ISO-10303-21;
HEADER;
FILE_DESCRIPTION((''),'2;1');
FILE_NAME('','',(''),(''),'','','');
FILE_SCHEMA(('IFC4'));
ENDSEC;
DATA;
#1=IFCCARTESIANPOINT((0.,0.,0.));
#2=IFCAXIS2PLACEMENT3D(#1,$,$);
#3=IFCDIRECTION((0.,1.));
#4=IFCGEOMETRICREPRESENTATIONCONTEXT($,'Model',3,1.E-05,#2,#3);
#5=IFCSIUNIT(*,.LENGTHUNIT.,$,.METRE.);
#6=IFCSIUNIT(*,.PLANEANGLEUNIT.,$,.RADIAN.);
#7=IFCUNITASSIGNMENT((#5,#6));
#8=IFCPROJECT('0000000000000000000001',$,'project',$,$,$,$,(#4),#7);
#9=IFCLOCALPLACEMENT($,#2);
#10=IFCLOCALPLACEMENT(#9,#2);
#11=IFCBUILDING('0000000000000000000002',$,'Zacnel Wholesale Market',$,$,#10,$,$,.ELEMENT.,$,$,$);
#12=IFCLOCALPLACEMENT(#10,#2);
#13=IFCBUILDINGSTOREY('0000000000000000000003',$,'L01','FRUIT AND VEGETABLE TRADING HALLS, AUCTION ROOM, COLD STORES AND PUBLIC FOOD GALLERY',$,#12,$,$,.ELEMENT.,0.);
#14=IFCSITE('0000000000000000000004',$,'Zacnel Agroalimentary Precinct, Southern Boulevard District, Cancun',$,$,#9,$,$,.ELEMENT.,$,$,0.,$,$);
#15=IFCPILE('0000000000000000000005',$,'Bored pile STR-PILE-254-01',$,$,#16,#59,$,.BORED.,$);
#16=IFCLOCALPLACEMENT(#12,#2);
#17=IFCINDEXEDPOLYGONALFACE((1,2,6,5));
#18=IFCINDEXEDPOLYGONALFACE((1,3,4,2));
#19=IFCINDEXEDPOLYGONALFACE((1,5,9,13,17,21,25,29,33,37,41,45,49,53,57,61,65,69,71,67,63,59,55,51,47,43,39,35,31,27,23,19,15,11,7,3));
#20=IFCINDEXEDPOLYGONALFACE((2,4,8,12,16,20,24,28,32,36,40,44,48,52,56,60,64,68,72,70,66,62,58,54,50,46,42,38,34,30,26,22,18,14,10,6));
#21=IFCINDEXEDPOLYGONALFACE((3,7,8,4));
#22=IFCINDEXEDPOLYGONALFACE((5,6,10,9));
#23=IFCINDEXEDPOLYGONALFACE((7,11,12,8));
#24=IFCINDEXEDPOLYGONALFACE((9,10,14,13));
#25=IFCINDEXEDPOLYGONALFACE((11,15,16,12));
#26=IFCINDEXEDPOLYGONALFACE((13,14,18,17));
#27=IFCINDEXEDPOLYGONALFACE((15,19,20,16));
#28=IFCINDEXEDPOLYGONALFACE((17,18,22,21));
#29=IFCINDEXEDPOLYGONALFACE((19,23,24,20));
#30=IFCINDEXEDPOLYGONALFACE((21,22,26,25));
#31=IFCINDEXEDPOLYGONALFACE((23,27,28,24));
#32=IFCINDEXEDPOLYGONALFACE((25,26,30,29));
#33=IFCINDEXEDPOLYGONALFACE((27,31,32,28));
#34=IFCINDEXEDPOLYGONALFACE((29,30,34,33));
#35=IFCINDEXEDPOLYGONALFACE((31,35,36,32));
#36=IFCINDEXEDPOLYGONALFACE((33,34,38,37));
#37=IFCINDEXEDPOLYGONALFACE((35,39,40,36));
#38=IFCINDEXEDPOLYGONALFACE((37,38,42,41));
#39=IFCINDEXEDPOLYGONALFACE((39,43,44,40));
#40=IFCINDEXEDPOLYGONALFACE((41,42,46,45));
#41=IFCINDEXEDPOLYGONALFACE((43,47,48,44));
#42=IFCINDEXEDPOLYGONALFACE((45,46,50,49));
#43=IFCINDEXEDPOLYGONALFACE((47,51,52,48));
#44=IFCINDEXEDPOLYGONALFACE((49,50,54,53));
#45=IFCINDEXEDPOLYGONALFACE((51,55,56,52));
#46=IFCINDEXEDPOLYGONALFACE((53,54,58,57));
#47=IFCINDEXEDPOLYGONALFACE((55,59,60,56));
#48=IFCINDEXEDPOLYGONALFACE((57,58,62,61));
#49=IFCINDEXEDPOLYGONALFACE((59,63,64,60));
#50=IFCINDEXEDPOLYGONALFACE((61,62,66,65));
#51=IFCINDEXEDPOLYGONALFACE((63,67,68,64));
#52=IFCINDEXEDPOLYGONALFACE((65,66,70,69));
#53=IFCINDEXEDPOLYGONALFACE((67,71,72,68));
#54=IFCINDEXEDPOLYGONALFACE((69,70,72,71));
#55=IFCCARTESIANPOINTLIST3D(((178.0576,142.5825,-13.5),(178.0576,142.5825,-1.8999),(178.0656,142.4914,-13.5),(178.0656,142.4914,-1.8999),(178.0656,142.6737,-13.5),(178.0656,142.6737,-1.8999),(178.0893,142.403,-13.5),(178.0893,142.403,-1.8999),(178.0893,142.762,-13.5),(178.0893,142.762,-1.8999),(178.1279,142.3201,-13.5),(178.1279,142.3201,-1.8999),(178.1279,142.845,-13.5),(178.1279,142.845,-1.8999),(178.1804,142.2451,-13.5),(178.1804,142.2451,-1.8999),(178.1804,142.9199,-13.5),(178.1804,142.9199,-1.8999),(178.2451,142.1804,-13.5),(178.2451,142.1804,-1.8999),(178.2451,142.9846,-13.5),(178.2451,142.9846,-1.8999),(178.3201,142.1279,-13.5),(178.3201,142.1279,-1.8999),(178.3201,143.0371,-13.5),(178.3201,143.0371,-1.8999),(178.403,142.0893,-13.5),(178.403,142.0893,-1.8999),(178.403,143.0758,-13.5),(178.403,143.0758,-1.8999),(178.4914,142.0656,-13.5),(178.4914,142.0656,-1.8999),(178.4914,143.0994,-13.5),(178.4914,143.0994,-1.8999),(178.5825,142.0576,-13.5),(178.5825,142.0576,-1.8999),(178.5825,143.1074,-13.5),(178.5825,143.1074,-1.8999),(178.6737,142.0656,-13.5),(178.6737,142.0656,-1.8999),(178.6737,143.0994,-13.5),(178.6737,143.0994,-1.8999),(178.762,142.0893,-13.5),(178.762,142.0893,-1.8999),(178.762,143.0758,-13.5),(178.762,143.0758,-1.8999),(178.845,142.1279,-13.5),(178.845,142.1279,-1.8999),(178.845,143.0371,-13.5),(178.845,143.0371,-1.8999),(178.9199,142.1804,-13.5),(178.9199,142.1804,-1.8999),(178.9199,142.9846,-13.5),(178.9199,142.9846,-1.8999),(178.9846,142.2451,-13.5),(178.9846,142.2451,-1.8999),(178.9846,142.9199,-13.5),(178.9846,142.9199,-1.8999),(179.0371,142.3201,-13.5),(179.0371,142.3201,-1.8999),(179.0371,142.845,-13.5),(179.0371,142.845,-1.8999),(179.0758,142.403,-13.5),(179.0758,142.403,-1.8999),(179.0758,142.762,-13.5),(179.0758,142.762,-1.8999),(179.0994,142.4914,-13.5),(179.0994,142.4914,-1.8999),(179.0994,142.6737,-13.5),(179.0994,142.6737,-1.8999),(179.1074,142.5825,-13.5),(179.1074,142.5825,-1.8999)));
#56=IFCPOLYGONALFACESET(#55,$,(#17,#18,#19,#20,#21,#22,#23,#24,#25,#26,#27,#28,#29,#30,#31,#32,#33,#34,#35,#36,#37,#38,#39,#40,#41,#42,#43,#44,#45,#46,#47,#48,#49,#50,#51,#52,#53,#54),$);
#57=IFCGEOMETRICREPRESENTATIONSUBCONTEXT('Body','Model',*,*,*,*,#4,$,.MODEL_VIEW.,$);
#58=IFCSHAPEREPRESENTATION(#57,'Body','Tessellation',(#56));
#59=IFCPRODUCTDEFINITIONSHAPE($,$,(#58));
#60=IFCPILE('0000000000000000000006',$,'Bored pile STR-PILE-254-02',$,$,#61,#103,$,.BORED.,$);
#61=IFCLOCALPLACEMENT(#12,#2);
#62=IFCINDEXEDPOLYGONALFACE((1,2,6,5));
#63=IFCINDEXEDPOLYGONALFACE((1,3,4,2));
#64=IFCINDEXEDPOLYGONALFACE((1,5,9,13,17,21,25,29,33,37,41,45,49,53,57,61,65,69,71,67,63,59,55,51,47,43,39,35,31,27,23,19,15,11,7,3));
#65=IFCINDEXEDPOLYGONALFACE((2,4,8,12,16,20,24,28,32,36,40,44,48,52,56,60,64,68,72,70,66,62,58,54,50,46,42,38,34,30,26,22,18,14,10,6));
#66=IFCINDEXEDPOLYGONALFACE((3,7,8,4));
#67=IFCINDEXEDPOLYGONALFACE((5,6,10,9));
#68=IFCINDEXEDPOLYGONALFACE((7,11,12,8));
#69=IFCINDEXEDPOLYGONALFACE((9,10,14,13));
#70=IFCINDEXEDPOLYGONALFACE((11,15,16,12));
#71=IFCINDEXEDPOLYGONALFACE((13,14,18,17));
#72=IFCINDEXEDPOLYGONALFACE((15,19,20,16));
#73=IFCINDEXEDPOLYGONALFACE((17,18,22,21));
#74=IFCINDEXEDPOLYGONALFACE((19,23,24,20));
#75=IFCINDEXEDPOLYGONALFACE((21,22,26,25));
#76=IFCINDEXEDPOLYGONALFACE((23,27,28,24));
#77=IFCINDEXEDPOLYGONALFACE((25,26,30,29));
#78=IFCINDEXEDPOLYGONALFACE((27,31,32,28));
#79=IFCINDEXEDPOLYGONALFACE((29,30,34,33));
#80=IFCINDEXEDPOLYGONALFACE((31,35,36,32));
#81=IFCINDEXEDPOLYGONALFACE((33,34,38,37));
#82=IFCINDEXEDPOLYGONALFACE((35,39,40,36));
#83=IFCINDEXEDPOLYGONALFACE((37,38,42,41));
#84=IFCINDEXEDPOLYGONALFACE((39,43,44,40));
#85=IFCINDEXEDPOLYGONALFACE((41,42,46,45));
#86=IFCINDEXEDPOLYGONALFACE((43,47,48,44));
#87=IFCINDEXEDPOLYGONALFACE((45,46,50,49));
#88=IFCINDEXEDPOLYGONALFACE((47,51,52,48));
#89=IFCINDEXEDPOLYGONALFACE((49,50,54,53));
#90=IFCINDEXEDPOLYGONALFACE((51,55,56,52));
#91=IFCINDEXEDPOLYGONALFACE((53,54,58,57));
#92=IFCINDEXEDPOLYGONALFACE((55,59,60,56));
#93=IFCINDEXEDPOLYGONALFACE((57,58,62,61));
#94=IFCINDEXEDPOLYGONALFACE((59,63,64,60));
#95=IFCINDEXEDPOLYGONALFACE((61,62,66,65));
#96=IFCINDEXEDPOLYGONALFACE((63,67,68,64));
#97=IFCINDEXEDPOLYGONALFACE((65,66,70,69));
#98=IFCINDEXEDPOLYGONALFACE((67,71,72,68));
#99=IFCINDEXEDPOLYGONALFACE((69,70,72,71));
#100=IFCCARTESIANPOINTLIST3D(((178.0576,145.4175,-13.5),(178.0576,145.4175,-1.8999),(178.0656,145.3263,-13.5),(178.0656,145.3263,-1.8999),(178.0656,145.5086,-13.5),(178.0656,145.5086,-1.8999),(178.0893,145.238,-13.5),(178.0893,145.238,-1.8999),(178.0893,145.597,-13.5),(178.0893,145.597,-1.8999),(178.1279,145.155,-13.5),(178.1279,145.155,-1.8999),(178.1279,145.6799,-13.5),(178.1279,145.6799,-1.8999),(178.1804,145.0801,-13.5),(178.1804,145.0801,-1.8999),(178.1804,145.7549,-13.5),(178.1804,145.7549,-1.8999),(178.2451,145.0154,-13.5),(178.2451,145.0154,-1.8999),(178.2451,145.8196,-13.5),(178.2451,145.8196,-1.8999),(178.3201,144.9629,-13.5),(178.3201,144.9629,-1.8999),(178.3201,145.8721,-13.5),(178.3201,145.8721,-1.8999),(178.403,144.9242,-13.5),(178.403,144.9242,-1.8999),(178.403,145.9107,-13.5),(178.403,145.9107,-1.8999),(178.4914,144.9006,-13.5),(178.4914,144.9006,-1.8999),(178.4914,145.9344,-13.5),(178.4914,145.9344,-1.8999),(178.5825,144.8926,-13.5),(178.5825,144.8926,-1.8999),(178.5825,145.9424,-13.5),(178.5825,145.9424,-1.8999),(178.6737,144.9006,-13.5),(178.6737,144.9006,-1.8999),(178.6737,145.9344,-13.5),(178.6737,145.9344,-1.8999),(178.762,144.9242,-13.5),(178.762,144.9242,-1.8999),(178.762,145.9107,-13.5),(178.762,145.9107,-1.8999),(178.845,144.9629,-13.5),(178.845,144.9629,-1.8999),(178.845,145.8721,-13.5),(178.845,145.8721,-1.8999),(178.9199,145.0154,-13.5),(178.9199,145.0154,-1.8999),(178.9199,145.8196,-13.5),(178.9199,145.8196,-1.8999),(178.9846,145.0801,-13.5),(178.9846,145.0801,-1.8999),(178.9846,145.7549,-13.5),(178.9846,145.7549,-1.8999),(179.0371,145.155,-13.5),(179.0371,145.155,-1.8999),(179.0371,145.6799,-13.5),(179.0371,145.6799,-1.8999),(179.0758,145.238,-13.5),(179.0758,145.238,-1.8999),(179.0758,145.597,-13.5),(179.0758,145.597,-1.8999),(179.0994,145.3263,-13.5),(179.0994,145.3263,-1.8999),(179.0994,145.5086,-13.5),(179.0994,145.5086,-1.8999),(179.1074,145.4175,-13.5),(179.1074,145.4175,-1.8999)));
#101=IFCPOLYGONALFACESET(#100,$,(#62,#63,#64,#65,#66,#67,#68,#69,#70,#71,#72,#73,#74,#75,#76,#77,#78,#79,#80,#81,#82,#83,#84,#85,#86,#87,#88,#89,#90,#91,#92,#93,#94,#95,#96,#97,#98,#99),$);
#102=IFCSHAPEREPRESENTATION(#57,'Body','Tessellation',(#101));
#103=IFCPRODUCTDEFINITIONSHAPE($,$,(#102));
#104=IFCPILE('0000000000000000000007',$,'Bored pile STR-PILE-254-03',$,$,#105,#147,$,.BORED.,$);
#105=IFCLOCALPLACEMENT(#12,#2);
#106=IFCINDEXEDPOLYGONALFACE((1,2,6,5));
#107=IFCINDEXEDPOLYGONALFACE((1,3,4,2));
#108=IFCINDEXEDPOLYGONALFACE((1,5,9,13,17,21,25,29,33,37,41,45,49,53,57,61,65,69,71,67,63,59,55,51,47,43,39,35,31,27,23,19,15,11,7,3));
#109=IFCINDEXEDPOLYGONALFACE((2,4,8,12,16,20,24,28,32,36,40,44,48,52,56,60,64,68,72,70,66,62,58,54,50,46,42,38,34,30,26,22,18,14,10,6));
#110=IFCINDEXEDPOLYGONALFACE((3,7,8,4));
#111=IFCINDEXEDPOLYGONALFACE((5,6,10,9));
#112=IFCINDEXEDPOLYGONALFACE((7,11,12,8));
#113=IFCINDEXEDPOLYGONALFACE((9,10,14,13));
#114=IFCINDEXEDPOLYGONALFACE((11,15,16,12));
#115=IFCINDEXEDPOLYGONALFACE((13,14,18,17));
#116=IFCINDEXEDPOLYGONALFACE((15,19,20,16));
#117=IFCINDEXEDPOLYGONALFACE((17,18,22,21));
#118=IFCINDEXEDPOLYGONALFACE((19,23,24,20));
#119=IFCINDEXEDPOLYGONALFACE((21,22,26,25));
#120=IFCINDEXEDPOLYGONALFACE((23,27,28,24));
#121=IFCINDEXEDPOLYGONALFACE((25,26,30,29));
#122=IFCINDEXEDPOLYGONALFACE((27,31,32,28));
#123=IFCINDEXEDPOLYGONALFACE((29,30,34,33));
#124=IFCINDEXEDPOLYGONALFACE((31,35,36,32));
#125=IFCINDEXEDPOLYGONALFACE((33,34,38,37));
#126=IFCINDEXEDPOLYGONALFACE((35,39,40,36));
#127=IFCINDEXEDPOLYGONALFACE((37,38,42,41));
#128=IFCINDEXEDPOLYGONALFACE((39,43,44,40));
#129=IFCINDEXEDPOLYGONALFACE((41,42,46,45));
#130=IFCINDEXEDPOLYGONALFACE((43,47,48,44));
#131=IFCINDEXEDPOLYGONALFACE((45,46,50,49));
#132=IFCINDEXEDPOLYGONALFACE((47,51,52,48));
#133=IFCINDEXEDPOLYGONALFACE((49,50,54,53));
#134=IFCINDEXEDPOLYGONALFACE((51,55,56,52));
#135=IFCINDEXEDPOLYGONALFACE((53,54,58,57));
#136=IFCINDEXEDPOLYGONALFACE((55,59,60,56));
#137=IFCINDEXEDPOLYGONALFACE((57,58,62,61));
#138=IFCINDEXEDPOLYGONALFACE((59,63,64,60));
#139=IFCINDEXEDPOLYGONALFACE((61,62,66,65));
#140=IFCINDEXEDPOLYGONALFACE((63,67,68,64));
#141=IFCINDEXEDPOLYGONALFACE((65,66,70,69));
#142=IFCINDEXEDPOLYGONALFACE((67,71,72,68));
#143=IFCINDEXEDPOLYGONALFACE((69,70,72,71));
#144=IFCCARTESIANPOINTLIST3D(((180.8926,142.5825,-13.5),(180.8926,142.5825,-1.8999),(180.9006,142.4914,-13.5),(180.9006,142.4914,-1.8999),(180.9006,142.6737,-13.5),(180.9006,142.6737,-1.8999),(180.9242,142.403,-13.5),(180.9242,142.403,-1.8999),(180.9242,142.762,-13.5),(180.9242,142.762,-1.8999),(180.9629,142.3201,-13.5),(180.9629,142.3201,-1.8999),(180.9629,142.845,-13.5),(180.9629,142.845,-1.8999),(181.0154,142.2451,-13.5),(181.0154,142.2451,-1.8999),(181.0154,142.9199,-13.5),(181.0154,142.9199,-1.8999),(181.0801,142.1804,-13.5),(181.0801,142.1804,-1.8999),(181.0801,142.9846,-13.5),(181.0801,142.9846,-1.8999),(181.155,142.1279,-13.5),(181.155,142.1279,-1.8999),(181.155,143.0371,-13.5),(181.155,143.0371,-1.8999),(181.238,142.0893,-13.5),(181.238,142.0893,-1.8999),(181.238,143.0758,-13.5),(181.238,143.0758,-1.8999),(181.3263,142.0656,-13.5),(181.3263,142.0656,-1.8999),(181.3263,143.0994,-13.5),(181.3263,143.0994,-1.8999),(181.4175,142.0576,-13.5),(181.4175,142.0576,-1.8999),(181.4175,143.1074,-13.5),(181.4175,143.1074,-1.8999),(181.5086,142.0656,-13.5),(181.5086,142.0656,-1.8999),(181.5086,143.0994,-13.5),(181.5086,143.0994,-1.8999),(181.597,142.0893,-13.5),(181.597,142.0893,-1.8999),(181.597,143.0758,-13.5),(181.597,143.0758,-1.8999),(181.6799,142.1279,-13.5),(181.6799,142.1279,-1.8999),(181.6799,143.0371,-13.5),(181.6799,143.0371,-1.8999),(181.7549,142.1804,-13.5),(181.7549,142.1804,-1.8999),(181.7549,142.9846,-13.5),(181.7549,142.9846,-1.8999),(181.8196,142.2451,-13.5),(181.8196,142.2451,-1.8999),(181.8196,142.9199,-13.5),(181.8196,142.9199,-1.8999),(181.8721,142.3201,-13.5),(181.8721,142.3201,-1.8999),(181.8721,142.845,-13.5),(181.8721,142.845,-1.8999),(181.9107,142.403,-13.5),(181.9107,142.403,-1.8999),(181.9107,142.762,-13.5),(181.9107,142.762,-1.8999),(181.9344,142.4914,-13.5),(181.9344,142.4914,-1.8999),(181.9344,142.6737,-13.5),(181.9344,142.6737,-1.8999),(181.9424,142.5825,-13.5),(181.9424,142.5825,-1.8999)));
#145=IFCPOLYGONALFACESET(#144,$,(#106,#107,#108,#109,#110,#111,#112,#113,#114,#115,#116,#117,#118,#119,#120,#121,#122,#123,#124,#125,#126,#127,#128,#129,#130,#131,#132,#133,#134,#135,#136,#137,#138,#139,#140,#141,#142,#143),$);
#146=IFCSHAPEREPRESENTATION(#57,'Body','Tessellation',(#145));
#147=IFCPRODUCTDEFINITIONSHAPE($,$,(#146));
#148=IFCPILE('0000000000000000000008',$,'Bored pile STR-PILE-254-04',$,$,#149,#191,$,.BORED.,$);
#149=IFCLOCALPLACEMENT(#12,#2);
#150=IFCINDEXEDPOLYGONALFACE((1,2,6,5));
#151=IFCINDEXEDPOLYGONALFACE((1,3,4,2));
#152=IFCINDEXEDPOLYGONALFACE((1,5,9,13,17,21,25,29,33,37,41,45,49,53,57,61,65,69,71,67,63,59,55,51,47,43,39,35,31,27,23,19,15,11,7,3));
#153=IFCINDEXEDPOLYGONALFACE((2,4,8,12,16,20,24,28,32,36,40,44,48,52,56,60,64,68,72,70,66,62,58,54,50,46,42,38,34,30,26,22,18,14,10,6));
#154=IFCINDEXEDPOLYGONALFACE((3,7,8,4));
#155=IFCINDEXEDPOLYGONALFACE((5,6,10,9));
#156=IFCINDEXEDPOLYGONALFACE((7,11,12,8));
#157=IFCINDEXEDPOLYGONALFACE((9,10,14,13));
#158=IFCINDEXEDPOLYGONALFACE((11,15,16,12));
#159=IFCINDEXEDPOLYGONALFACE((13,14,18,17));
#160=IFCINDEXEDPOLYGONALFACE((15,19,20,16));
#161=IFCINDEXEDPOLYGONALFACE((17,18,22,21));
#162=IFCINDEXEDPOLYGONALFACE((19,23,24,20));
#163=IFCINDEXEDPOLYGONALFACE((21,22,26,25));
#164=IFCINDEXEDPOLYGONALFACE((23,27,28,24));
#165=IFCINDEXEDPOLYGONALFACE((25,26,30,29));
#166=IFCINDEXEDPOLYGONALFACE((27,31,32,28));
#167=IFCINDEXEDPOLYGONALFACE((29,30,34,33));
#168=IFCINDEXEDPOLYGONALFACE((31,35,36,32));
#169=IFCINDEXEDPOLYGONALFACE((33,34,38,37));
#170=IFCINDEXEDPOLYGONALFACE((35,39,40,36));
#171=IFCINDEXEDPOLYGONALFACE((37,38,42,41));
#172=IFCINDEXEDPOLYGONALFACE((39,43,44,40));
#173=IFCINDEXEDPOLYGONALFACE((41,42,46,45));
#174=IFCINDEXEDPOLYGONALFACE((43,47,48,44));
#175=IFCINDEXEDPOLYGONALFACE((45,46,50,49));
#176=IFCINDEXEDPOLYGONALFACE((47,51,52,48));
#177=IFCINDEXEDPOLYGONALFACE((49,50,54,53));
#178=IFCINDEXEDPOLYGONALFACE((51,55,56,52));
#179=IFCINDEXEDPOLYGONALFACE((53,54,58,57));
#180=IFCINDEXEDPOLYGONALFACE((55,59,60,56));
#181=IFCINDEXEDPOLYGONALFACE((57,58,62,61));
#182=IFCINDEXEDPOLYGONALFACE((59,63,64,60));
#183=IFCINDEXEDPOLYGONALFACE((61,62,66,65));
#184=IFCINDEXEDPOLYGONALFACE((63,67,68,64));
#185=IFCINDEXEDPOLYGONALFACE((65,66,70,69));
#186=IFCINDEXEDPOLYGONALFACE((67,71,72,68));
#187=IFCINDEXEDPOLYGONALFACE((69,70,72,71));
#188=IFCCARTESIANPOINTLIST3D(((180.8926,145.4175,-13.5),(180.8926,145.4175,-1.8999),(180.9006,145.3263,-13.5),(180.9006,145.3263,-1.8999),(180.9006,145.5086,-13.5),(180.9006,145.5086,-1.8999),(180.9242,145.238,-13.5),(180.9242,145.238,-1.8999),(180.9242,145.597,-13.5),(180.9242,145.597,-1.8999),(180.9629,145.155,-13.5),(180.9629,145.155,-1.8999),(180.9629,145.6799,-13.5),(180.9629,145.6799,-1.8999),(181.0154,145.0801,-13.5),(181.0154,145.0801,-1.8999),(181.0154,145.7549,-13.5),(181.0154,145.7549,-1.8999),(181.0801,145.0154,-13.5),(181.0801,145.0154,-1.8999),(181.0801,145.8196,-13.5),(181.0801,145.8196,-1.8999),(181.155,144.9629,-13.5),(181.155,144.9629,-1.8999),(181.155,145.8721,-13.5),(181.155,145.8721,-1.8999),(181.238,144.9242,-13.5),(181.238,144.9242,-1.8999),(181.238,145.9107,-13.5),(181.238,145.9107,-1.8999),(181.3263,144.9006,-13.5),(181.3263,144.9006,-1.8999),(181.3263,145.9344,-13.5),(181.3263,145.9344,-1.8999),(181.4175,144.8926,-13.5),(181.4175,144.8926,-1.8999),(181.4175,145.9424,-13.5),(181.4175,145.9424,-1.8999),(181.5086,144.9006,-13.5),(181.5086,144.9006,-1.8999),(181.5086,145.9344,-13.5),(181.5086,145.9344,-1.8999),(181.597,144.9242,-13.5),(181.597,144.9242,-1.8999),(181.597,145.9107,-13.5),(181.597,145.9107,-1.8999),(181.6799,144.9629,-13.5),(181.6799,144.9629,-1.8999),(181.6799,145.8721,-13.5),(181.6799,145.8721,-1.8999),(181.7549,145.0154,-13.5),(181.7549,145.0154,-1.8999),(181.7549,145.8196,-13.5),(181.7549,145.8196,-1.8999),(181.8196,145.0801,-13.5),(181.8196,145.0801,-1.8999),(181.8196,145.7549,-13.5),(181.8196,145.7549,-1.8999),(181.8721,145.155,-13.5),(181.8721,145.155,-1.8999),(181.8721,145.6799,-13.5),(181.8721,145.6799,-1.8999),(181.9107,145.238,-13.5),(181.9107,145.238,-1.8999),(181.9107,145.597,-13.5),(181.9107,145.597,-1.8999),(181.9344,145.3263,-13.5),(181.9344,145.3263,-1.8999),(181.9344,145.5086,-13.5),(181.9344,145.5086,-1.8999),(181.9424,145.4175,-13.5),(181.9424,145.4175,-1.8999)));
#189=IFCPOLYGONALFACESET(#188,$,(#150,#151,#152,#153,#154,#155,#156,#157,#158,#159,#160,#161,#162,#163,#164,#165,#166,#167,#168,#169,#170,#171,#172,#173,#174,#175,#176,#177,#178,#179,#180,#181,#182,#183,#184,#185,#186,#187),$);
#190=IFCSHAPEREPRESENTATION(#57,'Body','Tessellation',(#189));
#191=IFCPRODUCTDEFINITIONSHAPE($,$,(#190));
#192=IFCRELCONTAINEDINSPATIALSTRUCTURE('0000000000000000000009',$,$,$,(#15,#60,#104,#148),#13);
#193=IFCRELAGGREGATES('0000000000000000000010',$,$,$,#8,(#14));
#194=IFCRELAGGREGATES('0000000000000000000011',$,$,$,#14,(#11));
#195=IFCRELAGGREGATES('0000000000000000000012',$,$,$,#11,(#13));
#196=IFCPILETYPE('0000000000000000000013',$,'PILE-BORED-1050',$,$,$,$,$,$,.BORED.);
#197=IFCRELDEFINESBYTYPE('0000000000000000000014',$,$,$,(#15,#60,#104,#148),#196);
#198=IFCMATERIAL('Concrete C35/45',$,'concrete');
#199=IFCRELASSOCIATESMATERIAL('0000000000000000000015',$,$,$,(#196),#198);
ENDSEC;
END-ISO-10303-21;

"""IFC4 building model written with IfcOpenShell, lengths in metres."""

from ifc_helpers import new_model, si_unit, direction, frame, origin, origin_2d, place, context, subcontext, project, spatial, circle, extrude, material, material_profile, profile_set, type_object, element, save


model = new_model("IFC4")

# Units and contexts
model_context = context("Model", 3, precision=1e-05, world=origin(), true_north=direction((0.0, 1.0)))
body_context = subcontext(model_context, "Body", "Model", "MODEL_VIEW")
ifc_project = project(units=[si_unit("LENGTHUNIT", "METRE"), si_unit("PLANEANGLEUNIT", "RADIAN")], contexts=[model_context])

# Site, building, storey
site_placement = place(None, origin())
site = spatial("IfcSite", under=ifc_project, at=site_placement, Name="Zacnel Agroalimentary Precinct, Southern Boulevard District, Cancun", CompositionType="ELEMENT", RefElevation=0.0)
building_placement = place(site_placement, origin())
building = spatial("IfcBuilding", under=site, at=building_placement, Name="Zacnel Wholesale Market", CompositionType="ELEMENT")
storey_placement = place(building_placement, origin())
storey = spatial("IfcBuildingStorey", under=building, at=storey_placement, Name="L01", Description="FRUIT AND VEGETABLE TRADING HALLS, AUCTION ROOM, COLD STORES AND PUBLIC FOOD GALLERY", CompositionType="ELEMENT", Elevation=0.0)

# Piles
ifc_material_1 = material(Name="Concrete C35/45", Category="concrete")
ifc_material_profile_1 = material_profile(ifc_material_1, circle(Radius=0.5249, at=origin_2d()), Name="BORED PILE D1050")
ifc_profile_set_1 = profile_set([ifc_material_profile_1], Name="Concrete C35/45")
pile_type = type_object("IfcPileType", Name="PILE-BORED-1050", PredefinedType="BORED", material=ifc_profile_set_1)
for number, where, z_axis, x_axis, name in (
    (1, (178.5825, 142.5825, -1.8999), (0.0, 0.0, -1.0), (1.0, 0.0, 0.0), "Bored pile STR-PILE-254-01"),
    (2, (178.5825, 145.4175, -1.8999), (0.0, 0.0, -1.0), (1.0, 0.0, 0.0), "Bored pile STR-PILE-254-02"),
    (3, (181.4175, 142.5825, -1.8999), (0.0, 0.0, -1.0), (1.0, 0.0, 0.0), "Bored pile STR-PILE-254-03"),
    (4, (181.4175, 145.4175, -1.8999), (0.0, 0.0, -1.0), (1.0, 0.0, 0.0), "Bored pile STR-PILE-254-04"),
):
    element("IfcPile", number, at=place(storey_placement, frame(where, z_axis=z_axis, x_axis=x_axis)), inside=storey, type_object=pile_type, Name=name, PredefinedType="BORED", context=body_context, shape_type="SweptSolid", body=[
        extrude(circle(Radius=0.5249, at=origin_2d()), origin(), (0.0, 0.0, 1.0), 11.6001),
    ])

save(model, "model.ifc")
